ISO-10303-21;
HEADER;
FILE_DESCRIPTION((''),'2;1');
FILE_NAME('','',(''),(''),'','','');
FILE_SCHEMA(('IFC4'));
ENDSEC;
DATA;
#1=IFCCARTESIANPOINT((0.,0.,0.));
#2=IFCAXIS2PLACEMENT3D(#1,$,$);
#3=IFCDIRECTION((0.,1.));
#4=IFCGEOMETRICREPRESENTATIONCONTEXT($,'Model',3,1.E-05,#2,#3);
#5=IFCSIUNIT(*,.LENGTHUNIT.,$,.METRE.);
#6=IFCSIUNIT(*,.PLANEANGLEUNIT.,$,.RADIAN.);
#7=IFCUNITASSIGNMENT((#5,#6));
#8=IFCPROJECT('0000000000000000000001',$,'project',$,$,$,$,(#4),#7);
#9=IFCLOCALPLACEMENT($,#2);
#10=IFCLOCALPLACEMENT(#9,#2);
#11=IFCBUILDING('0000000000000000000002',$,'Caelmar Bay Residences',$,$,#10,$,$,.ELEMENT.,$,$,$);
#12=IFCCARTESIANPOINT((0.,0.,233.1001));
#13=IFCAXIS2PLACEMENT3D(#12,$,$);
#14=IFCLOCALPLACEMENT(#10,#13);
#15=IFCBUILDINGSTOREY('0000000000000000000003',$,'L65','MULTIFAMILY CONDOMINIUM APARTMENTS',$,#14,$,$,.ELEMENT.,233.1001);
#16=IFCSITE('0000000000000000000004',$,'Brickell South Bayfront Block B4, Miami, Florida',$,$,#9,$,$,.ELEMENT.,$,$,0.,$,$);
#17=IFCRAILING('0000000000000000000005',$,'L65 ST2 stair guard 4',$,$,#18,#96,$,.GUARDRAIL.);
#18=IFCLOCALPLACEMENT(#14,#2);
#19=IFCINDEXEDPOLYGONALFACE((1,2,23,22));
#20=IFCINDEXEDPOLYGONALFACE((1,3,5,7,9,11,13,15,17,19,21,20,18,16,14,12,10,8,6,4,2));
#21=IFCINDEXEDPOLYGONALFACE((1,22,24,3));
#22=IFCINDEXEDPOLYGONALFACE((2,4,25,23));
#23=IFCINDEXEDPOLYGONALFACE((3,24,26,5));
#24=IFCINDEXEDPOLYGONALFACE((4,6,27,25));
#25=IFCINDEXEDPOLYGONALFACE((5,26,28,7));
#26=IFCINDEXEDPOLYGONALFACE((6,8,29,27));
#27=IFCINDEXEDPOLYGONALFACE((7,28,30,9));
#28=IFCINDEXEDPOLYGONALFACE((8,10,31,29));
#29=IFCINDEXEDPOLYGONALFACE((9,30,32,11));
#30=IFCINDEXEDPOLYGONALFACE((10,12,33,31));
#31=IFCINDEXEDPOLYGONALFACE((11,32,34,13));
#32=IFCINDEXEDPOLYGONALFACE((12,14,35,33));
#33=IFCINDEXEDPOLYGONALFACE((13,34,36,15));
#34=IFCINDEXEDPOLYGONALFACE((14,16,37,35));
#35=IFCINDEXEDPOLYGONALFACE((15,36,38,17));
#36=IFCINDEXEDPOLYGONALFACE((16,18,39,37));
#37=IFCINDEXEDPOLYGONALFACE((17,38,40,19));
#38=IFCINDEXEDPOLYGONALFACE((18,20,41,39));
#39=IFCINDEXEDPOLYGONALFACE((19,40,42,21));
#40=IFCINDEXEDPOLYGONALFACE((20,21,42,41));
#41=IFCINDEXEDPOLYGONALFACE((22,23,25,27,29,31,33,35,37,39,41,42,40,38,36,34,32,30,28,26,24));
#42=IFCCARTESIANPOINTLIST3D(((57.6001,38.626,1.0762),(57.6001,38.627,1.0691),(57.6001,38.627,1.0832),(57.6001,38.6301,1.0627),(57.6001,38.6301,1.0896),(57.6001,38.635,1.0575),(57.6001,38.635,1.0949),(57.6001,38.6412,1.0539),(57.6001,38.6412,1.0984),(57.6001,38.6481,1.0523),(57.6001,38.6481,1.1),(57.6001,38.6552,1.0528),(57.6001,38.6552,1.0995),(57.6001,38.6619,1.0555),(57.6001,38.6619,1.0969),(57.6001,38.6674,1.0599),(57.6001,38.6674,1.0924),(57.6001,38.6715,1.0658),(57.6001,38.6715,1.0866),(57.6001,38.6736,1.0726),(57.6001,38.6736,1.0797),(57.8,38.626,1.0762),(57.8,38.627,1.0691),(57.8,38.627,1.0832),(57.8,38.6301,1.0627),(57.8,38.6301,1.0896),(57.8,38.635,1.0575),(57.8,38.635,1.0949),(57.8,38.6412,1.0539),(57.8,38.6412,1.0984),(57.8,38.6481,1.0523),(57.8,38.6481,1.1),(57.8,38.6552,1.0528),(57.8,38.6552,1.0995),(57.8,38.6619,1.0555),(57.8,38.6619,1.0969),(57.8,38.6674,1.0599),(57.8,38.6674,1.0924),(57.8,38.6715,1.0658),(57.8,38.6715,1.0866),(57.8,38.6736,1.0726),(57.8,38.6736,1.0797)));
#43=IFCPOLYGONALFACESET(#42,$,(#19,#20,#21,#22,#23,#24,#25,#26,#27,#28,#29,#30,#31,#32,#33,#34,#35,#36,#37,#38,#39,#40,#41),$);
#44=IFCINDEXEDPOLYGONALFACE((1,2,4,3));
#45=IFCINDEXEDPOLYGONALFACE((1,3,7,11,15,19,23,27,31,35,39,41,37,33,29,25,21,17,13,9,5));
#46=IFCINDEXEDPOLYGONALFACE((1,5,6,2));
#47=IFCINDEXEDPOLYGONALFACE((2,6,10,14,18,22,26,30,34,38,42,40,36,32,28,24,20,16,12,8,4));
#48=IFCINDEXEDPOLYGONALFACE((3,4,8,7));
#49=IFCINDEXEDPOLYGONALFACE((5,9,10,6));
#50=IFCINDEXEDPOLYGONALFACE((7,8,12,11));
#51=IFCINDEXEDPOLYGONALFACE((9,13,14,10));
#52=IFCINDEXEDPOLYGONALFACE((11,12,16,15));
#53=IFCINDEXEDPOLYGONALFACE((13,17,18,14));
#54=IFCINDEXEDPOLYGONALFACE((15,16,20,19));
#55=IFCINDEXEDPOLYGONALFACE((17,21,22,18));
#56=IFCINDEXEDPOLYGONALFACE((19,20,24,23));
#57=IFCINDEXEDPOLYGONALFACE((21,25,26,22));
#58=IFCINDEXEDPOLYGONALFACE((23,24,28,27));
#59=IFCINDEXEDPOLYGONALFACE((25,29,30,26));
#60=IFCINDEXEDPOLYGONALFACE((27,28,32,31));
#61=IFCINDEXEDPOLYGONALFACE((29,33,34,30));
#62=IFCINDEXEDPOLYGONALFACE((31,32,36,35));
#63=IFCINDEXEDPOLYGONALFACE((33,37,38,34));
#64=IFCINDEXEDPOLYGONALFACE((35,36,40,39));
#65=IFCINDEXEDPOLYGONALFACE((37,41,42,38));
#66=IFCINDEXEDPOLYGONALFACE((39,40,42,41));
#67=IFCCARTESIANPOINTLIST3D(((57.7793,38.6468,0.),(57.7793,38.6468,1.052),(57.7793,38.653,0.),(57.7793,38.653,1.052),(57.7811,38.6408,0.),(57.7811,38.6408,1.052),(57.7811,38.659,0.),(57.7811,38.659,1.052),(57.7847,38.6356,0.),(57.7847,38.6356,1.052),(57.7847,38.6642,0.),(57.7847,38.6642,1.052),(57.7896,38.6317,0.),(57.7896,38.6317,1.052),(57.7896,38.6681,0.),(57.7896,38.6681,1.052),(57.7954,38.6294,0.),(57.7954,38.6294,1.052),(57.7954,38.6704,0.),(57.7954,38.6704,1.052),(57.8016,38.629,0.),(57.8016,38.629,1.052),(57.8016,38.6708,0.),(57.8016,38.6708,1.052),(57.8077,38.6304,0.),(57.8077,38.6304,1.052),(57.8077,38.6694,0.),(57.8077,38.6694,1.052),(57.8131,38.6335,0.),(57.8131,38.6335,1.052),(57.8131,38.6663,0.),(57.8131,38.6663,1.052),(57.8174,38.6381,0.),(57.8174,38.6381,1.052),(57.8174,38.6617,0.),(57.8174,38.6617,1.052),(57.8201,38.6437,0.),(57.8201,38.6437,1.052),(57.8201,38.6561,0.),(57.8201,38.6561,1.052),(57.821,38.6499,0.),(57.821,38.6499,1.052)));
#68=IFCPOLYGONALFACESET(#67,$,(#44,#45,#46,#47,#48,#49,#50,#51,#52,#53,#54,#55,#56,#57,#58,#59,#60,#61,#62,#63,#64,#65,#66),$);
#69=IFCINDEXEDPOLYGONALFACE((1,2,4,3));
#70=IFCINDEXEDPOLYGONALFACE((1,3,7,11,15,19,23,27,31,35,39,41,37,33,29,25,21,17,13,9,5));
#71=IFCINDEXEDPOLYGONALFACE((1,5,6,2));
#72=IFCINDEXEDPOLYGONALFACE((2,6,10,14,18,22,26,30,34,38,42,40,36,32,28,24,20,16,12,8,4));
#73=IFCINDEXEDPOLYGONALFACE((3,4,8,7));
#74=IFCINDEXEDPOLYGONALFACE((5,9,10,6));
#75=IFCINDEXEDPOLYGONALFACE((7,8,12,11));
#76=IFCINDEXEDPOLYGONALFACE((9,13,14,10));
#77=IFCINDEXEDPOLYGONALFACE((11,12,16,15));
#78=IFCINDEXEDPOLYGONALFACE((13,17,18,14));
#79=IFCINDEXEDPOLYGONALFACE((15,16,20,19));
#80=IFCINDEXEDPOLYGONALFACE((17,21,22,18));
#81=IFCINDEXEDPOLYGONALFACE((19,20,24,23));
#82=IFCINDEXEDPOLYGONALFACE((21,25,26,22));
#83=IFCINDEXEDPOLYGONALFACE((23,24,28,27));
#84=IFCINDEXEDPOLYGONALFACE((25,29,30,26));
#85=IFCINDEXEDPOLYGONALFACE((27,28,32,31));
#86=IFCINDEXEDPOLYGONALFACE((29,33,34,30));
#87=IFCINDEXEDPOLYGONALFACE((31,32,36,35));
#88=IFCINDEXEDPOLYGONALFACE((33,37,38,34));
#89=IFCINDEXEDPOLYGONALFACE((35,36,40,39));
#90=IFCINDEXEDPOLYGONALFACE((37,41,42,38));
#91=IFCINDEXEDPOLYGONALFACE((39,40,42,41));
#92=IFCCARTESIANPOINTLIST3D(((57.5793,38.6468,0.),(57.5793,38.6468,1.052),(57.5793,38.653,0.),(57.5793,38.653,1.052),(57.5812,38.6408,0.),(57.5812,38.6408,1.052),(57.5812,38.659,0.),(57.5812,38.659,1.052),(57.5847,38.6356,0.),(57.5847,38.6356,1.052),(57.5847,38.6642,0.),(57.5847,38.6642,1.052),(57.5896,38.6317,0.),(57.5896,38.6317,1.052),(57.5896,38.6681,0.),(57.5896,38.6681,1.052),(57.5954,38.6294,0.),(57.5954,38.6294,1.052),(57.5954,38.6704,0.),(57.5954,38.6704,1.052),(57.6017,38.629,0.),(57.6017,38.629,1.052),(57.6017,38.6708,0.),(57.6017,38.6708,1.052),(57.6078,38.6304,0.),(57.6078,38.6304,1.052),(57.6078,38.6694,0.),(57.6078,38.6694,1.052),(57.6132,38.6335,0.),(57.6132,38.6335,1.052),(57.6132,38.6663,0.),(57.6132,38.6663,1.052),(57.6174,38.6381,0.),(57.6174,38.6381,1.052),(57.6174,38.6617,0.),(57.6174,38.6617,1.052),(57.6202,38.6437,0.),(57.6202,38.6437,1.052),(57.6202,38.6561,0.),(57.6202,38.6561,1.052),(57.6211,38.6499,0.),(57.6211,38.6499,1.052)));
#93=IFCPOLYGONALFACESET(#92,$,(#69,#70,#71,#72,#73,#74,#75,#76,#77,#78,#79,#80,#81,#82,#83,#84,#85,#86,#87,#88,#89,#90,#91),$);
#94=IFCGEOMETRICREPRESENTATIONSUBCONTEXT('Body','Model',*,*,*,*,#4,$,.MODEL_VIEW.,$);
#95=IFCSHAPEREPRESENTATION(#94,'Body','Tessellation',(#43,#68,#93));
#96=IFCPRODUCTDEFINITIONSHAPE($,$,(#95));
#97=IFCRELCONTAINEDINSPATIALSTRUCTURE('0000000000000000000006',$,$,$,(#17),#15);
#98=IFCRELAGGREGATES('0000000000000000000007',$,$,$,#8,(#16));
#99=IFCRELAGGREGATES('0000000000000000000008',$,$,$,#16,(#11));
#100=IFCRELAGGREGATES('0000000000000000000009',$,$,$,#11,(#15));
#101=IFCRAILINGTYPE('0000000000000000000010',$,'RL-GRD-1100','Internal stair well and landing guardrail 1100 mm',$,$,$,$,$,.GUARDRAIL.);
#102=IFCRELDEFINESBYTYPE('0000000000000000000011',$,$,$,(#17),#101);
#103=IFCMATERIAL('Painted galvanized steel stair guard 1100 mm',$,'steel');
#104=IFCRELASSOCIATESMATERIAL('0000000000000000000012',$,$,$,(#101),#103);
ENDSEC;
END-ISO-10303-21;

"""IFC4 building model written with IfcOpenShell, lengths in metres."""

from ifc_helpers import new_model, si_unit, direction, frame, origin, origin_2d, place, context, subcontext, project, spatial, circle, extrude, material, type_object, element, save


model = new_model("IFC4")

# Units and contexts
model_context = context("Model", 3, precision=1e-05, world=origin(), true_north=direction((0.0, 1.0)))
body_context = subcontext(model_context, "Body", "Model", "MODEL_VIEW")
ifc_project = project(units=[si_unit("LENGTHUNIT", "METRE"), si_unit("PLANEANGLEUNIT", "RADIAN")], contexts=[model_context])

# Site, building, storey
site_placement = place(None, origin())
site = spatial("IfcSite", under=ifc_project, at=site_placement, Name="Brickell South Bayfront Block B4, Miami, Florida", CompositionType="ELEMENT", RefElevation=0.0)
building_placement = place(site_placement, origin())
building = spatial("IfcBuilding", under=site, at=building_placement, Name="Caelmar Bay Residences", CompositionType="ELEMENT")
storey_placement = place(building_placement, frame((0.0, 0.0, 233.1001)))
storey = spatial("IfcBuildingStorey", under=building, at=storey_placement, Name="L65", Description="MULTIFAMILY CONDOMINIUM APARTMENTS", CompositionType="ELEMENT", Elevation=233.1001)

# Railing
ifc_material_1 = material(Name="Painted galvanized steel stair guard 1100 mm", Category="steel")
railing_type_1 = type_object("IfcRailingType", Name="RL-GRD-1100", Description="Internal stair well and landing guardrail 1100 mm", PredefinedType="GUARDRAIL", material=ifc_material_1)
railing_1_placement = place(storey_placement, frame((57.8, 38.6499, 0.0)))
element("IfcRailing", 1, at=railing_1_placement, inside=storey, type_object=railing_type_1, Name="L65 ST2 stair guard 4", PredefinedType="GUARDRAIL", context=body_context, shape_type="SweptSolid", body=[
    extrude(circle(Radius=0.0239, at=origin_2d()), frame((0.0, 0.0, 1.0762), z_axis=(-1.0, 0.0, 0.0), x_axis=(0.0, -1.0, 0.0)), (0.0, 0.0, 1.0), 0.2),
    extrude(circle(Radius=0.021, at=origin_2d()), origin(), (0.0, 0.0, 1.0), 1.052),
    extrude(circle(Radius=0.021, at=origin_2d()), frame((-0.2, 0.0, 0.0)), (0.0, 0.0, 1.0), 1.052),
])

save(model, "model.ifc")
